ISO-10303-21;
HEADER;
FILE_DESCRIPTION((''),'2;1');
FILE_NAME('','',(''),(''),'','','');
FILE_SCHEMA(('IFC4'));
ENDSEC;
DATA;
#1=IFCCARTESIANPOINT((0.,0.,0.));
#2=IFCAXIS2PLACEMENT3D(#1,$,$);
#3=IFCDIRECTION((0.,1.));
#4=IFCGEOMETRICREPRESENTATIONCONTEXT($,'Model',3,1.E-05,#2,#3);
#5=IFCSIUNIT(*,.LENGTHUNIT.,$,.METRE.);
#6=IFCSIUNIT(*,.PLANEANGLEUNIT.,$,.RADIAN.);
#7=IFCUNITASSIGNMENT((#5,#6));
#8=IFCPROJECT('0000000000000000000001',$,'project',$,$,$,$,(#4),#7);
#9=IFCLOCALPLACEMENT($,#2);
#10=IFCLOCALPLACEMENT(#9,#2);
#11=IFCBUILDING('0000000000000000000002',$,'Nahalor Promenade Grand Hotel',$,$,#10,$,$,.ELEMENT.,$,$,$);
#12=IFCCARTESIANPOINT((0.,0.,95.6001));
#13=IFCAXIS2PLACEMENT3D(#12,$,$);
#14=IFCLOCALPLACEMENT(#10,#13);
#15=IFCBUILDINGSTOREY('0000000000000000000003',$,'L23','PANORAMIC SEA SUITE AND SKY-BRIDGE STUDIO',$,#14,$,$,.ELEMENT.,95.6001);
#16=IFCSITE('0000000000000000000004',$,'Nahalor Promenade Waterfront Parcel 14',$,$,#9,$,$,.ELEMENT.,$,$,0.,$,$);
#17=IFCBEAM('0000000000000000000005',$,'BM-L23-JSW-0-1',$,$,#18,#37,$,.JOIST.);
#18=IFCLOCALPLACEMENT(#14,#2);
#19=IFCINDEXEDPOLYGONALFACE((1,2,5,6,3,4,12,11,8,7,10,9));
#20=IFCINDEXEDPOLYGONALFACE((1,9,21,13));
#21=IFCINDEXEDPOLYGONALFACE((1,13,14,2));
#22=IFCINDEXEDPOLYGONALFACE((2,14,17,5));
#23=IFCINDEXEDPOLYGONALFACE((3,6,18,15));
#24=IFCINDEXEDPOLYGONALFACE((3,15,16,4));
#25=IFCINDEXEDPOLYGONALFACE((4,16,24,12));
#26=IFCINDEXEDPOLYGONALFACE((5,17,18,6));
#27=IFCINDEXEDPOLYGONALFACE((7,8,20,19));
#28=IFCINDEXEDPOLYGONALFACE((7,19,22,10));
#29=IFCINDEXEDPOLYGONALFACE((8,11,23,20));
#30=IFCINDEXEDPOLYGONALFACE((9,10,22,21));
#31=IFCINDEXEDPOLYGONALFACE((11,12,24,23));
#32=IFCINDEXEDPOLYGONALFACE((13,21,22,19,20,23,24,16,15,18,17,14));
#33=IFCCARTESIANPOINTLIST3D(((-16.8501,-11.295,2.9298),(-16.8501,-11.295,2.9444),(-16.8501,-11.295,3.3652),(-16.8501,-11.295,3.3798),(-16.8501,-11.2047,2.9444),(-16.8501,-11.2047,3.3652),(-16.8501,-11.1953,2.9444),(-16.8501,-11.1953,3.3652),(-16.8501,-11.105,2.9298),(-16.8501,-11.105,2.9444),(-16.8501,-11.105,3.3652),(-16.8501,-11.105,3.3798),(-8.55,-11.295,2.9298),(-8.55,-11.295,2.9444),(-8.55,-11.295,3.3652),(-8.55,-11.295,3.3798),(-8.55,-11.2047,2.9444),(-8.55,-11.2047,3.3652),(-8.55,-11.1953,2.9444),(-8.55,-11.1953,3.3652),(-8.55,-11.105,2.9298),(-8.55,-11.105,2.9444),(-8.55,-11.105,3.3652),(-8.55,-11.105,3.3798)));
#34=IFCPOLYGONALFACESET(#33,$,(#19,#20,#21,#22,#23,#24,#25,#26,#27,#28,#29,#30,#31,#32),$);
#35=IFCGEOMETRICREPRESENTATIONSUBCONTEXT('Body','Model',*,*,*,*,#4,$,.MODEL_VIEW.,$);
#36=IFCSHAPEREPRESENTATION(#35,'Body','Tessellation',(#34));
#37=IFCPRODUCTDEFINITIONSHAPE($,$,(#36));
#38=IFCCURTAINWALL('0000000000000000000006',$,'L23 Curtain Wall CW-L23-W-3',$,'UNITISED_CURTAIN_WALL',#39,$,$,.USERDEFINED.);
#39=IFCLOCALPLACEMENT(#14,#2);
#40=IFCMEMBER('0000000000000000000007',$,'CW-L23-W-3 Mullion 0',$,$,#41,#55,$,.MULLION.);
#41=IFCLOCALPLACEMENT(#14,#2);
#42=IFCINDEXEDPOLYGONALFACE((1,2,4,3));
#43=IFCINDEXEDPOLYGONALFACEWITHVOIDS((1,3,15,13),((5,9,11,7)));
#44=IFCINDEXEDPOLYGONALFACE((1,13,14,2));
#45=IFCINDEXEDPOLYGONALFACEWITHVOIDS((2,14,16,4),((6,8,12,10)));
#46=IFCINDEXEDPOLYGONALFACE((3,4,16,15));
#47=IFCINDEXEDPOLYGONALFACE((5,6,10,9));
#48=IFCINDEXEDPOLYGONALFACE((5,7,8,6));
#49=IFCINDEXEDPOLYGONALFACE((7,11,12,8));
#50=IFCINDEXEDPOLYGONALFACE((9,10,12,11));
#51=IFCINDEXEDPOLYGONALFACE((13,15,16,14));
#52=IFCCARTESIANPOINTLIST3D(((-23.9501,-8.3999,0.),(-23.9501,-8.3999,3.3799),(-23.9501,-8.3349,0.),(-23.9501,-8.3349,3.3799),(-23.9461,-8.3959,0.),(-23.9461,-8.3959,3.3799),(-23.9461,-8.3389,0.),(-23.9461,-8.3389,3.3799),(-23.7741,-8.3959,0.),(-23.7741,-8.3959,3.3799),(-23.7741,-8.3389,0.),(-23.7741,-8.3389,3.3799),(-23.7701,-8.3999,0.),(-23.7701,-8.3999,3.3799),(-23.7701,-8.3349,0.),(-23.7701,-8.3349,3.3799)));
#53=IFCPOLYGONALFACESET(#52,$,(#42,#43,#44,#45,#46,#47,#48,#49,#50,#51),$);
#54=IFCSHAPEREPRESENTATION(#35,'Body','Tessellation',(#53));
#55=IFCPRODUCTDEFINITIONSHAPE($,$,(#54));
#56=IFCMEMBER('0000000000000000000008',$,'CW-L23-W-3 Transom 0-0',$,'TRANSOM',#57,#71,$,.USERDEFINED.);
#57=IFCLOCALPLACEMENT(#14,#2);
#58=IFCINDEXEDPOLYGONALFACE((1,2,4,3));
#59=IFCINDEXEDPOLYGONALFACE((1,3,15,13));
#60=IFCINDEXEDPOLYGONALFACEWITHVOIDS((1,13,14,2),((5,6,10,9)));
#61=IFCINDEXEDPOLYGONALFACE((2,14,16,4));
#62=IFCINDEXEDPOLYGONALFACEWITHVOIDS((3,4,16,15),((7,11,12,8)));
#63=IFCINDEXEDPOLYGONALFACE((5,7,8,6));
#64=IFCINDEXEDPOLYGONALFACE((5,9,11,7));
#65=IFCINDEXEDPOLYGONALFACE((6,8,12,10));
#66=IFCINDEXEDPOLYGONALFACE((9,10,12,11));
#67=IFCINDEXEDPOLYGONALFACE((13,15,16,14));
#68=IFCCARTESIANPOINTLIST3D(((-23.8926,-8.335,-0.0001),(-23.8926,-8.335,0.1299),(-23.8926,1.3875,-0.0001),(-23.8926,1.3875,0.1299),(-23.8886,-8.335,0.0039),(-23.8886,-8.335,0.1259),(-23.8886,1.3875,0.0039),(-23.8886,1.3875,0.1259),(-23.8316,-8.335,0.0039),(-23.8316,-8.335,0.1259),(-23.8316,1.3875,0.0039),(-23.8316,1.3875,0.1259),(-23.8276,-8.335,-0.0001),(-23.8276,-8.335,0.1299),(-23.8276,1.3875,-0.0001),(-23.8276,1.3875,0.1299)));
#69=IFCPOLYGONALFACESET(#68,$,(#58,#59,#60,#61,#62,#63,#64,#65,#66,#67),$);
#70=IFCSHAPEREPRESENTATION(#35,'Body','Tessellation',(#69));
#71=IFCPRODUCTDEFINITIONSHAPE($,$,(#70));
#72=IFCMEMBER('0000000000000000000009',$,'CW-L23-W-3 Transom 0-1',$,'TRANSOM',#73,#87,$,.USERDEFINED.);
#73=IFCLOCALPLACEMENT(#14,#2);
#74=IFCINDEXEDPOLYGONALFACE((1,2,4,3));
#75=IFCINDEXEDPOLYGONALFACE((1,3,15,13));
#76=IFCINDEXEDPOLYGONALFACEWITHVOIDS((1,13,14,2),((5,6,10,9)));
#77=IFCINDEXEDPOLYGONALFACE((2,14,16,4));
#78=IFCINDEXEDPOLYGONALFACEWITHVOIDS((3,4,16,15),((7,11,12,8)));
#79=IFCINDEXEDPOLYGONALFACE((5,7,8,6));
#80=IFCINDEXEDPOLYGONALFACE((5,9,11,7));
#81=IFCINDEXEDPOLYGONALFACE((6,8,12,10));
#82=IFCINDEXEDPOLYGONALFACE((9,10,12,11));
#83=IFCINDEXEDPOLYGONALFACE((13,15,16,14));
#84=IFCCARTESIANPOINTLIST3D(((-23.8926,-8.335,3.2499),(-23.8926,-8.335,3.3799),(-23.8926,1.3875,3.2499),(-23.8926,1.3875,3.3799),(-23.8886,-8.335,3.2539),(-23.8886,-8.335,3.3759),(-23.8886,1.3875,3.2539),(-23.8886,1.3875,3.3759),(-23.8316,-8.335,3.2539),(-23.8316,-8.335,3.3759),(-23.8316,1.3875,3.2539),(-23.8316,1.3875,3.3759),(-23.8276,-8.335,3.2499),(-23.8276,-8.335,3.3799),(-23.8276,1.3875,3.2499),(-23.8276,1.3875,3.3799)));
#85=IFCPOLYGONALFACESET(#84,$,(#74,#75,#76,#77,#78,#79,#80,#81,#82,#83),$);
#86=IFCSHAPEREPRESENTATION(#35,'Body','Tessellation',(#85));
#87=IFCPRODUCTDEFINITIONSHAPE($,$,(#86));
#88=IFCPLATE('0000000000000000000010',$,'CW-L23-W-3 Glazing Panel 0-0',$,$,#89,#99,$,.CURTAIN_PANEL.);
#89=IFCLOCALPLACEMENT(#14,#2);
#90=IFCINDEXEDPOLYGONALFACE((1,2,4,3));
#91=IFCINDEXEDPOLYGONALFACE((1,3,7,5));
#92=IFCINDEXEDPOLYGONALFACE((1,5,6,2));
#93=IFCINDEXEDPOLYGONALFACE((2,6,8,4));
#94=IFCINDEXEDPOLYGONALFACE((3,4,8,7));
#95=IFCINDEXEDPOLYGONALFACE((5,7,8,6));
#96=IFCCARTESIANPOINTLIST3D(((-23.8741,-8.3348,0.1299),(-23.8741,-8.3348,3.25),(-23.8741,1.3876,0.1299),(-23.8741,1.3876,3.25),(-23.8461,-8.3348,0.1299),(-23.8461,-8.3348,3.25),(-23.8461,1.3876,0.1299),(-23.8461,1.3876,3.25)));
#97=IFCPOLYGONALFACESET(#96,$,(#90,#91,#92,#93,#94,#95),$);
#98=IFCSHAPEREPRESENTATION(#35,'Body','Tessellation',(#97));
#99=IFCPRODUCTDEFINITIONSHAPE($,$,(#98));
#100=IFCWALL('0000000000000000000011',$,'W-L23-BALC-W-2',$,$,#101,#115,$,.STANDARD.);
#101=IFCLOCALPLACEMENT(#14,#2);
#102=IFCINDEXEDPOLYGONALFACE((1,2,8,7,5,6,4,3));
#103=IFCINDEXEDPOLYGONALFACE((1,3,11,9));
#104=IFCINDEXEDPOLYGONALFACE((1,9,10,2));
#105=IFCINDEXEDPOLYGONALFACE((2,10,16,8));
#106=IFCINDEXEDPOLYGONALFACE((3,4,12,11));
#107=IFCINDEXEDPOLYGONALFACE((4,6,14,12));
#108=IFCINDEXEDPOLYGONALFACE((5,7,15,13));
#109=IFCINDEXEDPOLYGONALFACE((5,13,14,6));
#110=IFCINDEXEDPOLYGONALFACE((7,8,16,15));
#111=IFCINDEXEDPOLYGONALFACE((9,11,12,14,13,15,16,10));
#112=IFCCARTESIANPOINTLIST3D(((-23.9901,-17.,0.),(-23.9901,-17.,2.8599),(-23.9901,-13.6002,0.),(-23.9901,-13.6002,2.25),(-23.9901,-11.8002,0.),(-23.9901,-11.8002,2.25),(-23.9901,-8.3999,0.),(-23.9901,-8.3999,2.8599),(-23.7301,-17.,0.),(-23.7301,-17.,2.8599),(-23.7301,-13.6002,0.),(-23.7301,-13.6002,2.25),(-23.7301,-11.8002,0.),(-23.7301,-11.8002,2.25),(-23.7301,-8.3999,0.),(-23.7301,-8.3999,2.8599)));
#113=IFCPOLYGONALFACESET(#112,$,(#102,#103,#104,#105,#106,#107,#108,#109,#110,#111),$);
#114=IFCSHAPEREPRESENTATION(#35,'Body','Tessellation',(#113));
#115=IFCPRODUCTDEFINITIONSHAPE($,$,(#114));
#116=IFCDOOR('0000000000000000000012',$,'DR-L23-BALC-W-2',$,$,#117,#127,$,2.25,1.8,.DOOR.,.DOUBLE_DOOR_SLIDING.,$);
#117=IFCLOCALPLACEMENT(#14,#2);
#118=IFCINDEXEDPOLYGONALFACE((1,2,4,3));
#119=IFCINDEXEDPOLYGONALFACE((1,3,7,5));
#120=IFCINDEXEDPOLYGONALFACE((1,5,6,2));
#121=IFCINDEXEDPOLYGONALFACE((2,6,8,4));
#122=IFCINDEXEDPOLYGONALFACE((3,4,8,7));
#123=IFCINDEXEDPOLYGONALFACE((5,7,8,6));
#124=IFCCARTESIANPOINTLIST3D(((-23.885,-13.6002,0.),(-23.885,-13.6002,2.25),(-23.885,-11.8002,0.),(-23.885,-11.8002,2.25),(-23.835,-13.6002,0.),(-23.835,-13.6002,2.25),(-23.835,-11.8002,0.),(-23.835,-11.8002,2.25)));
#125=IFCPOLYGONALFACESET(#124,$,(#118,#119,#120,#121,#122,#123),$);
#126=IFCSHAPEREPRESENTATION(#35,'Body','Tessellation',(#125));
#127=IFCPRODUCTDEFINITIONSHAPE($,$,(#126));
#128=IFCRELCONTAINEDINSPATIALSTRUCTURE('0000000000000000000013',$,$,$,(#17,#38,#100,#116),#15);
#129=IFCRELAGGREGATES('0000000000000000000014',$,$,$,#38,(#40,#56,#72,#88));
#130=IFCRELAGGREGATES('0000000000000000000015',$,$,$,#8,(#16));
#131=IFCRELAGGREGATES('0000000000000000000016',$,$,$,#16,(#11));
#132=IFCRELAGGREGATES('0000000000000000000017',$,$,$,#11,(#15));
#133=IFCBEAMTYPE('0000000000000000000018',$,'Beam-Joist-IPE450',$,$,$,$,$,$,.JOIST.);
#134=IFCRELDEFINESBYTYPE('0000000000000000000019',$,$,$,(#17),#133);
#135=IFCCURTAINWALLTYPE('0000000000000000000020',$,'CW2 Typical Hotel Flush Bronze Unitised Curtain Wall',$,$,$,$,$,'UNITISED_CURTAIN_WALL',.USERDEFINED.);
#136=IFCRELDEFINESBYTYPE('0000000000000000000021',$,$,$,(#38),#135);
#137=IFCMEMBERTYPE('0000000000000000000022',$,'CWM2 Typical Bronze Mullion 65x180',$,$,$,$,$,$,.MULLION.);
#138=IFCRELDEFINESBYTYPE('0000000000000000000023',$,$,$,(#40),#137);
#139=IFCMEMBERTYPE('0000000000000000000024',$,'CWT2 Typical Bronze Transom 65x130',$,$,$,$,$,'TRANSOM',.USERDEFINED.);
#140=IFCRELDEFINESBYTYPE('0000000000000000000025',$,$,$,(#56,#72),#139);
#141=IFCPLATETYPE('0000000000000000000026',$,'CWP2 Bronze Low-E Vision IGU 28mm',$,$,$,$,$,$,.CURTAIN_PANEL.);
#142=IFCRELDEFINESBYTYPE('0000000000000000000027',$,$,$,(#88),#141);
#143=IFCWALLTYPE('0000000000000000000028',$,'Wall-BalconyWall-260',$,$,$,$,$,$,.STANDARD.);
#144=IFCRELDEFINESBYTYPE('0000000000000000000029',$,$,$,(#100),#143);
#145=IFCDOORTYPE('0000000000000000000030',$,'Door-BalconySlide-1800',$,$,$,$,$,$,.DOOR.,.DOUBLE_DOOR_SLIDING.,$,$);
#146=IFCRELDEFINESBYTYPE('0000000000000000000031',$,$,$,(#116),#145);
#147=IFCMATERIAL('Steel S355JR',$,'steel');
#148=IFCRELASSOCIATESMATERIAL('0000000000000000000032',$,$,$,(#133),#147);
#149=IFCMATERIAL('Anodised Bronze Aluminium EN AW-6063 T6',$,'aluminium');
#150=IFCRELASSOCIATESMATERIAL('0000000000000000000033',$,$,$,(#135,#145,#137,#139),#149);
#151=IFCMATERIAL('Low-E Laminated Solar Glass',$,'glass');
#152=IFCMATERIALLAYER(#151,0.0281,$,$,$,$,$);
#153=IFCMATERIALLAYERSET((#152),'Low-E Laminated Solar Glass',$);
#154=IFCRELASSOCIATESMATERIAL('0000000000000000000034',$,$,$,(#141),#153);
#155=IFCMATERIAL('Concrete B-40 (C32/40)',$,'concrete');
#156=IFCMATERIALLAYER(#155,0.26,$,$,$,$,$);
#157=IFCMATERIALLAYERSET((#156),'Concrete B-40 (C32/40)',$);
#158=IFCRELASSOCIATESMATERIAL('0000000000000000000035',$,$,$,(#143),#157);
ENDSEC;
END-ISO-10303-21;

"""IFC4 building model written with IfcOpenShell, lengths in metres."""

from ifc_helpers import new_model, si_unit, direction, frame, frame_2d, origin, origin_2d, place, context, subcontext, project, spatial, rectangle, hollow_rectangle, i_section, extrude, source, transform, mapped, material, layer, layer_set, material_profile, profile_set, type_object, element, fill, aggregate, save


model = new_model("IFC4")

# Units and contexts
model_context = context("Model", 3, precision=1e-05, world=origin(), true_north=direction((0.0, 1.0)))
body_context = subcontext(model_context, "Body", "Model", "MODEL_VIEW")
ifc_project = project(units=[si_unit("LENGTHUNIT", "METRE"), si_unit("PLANEANGLEUNIT", "RADIAN")], contexts=[model_context])

# Site, building, storey
site_placement = place(None, origin())
site = spatial("IfcSite", under=ifc_project, at=site_placement, Name="Nahalor Promenade Waterfront Parcel 14", CompositionType="ELEMENT", RefElevation=0.0)
building_placement = place(site_placement, origin())
building = spatial("IfcBuilding", under=site, at=building_placement, Name="Nahalor Promenade Grand Hotel", CompositionType="ELEMENT")
storey_placement = place(building_placement, frame((0.0, 0.0, 95.6001)))
storey = spatial("IfcBuildingStorey", under=building, at=storey_placement, Name="L23", Description="PANORAMIC SEA SUITE AND SKY-BRIDGE STUDIO", CompositionType="ELEMENT", Elevation=95.6001)

# Beam
ifc_material_1 = material(Name="Steel S355JR", Category="steel")
ifc_material_profile_1 = material_profile(ifc_material_1, i_section(OverallWidth=0.19, OverallDepth=0.45, WebThickness=0.0094, FlangeThickness=0.0146, at=origin_2d()), Name="IPE 450")
ifc_profile_set_1 = profile_set([ifc_material_profile_1], Name="Steel S355JR")
beam_type_1 = type_object("IfcBeamType", Name="Beam-Joist-IPE450", PredefinedType="JOIST", material=ifc_profile_set_1)
shared_shape_1 = source(origin(), body_context, "Body", "SweptSolid", [
    extrude(i_section(OverallWidth=0.19, OverallDepth=0.45, WebThickness=0.0094, FlangeThickness=0.0146, at=origin_2d()), origin(), (0.0, 0.0, 1.0), 8.3),
])
beam_1_placement = place(storey_placement, frame((-16.8501, -11.2, 3.1548), z_axis=(1.0, 0.0, 0.0), x_axis=(0.0, 1.0, 0.0)))
element("IfcBeam", 1, at=beam_1_placement, inside=storey, type_object=beam_type_1, Name="BM-L23-JSW-0-1", PredefinedType="JOIST", context=body_context, shape_type="MappedRepresentation", body=[
    mapped(shared_shape_1, transform((0.0, 0.0, 0.0), scale=1.0)),
])

# Curtain wall, members, plate
ifc_material_2 = material(Name="Anodised Bronze Aluminium EN AW-6063 T6", Category="aluminium")
curtain_wall_type = type_object("IfcCurtainWallType", Name="CW2 Typical Hotel Flush Bronze Unitised Curtain Wall", ElementType="UNITISED_CURTAIN_WALL", PredefinedType="USERDEFINED", material=ifc_material_2)
curtain_wall_placement = place(storey_placement, origin())
curtain_wall = element("IfcCurtainWall", 2, at=curtain_wall_placement, inside=storey, type_object=curtain_wall_type, Name="L23 Curtain Wall CW-L23-W-3", ObjectType="UNITISED_CURTAIN_WALL", PredefinedType="USERDEFINED")
ifc_material_profile_2 = material_profile(ifc_material_2, hollow_rectangle(XDim=0.065, YDim=0.18, WallThickness=0.004, at=origin_2d()), Name="CWM 65x180x4")
ifc_profile_set_2 = profile_set([ifc_material_profile_2], Name="Anodised Bronze Aluminium EN AW-6063 T6")
member_type_1 = type_object("IfcMemberType", Name="CWM2 Typical Bronze Mullion 65x180", PredefinedType="MULLION", material=ifc_profile_set_2)
shared_shape_2 = source(origin(), body_context, "Body", "SweptSolid", [
    extrude(hollow_rectangle(XDim=0.065, YDim=0.18, WallThickness=0.004, at=origin_2d()), origin(), (0.0, 0.0, 1.0), 3.3799),
])
member_1_placement = place(storey_placement, frame((-23.8601, -8.3674, 0.0), z_axis=(0.0, 0.0, 1.0), x_axis=(0.0, 1.0, 0.0)))
member_1 = element("IfcMember", 3, at=member_1_placement, type_object=member_type_1, Name="CW-L23-W-3 Mullion 0", PredefinedType="MULLION", context=body_context, shape_type="MappedRepresentation", body=[
    mapped(shared_shape_2, transform((0.0, 0.0, 0.0), scale=1.0)),
])
ifc_material_profile_3 = material_profile(ifc_material_2, hollow_rectangle(XDim=0.065, YDim=0.13, WallThickness=0.004, at=origin_2d()), Name="CWT 65x130x4")
ifc_profile_set_3 = profile_set([ifc_material_profile_3], Name="Anodised Bronze Aluminium EN AW-6063 T6")
member_type_2 = type_object("IfcMemberType", Name="CWT2 Typical Bronze Transom 65x130", ElementType="TRANSOM", PredefinedType="USERDEFINED", material=ifc_profile_set_3)
shared_shape_3 = source(origin(), body_context, "Body", "SweptSolid", [
    extrude(hollow_rectangle(XDim=0.065, YDim=0.13, WallThickness=0.004, at=origin_2d()), origin(), (0.0, 0.0, 1.0), 9.7224),
])
member_2_placement = place(storey_placement, frame((-23.8601, -8.335, 0.0649), z_axis=(0.0, 1.0, 0.0), x_axis=(-1.0, 0.0, 0.0)))
member_2 = element("IfcMember", 4, at=member_2_placement, type_object=member_type_2, Name="CW-L23-W-3 Transom 0-0", ObjectType="TRANSOM", PredefinedType="USERDEFINED", context=body_context, shape_type="MappedRepresentation", body=[
    mapped(shared_shape_3, transform((0.0, 0.0, 0.0), scale=1.0)),
])
member_3_placement = place(storey_placement, frame((-23.8601, -8.335, 3.3149), z_axis=(0.0, 1.0, 0.0), x_axis=(-1.0, 0.0, 0.0)))
member_3 = element("IfcMember", 5, at=member_3_placement, type_object=member_type_2, Name="CW-L23-W-3 Transom 0-1", ObjectType="TRANSOM", PredefinedType="USERDEFINED", context=body_context, shape_type="MappedRepresentation", body=[
    mapped(shared_shape_3, transform((0.0, 0.0, 0.0), scale=1.0)),
])
ifc_material_3 = material(Name="Low-E Laminated Solar Glass", Category="glass")
ifc_layer_1 = layer(ifc_material_3, 0.0281)
ifc_layer_set_1 = layer_set([ifc_layer_1], Name="Low-E Laminated Solar Glass")
plate_type = type_object("IfcPlateType", Name="CWP2 Bronze Low-E Vision IGU 28mm", PredefinedType="CURTAIN_PANEL", material=ifc_layer_set_1)
shared_shape_4 = source(origin(), body_context, "Body", "SweptSolid", [
    extrude(rectangle(XDim=9.7224, YDim=0.0281, at=origin_2d()), origin(), (0.0, 0.0, 1.0), 3.1201),
])
plate_placement = place(storey_placement, frame((-23.8601, -3.4736, 0.1299), z_axis=(0.0, 0.0, 1.0), x_axis=(0.0, 1.0, 0.0)))
plate = element("IfcPlate", 6, at=plate_placement, type_object=plate_type, Name="CW-L23-W-3 Glazing Panel 0-0", PredefinedType="CURTAIN_PANEL", context=body_context, shape_type="MappedRepresentation", body=[
    mapped(shared_shape_4, transform((0.0, 0.0, 0.0), scale=1.0)),
])
aggregate(curtain_wall, [member_1, member_2, member_3, plate])

# Wall, opening, door
ifc_material_4 = material(Name="Concrete B-40 (C32/40)", Category="concrete")
ifc_layer_2 = layer(ifc_material_4, 0.26)
ifc_layer_set_2 = layer_set([ifc_layer_2], Name="Concrete B-40 (C32/40)")
wall_type_1 = type_object("IfcWallType", Name="Wall-BalconyWall-260", PredefinedType="STANDARD", material=ifc_layer_set_2)
shared_shape_5 = source(origin(), body_context, "Body", "SweptSolid", [
    extrude(rectangle(XDim=8.6001, YDim=0.26, at=frame_2d((4.3, 0.0))), origin(), (0.0, 0.0, 1.0), 2.8599),
])
wall_1_placement = place(storey_placement, frame((-23.8601, -17.0, 0.0), z_axis=(0.0, 0.0, 1.0), x_axis=(0.0, 1.0, 0.0)))
wall_1 = element("IfcWall", 7, at=wall_1_placement, inside=storey, type_object=wall_type_1, Name="W-L23-BALC-W-2", PredefinedType="STANDARD", context=body_context, shape_type="MappedRepresentation", body=[
    mapped(shared_shape_5, transform((0.0, 0.0, 0.0), scale=1.0)),
])
opening_1_placement = place(wall_1_placement, frame((3.3999, 0.0, 0.0)))
opening_1 = element("IfcOpeningElement", 8, at=opening_1_placement, cuts=wall_1, PredefinedType="OPENING", context=body_context, shape_type="SweptSolid", body=[
    extrude(rectangle(XDim=1.8, YDim=2.25, at=frame_2d((0.8999, 1.125))), frame((0.0, 0.1399, 0.0), z_axis=(0.0, -1.0, 0.0), x_axis=(1.0, 0.0, 0.0)), (0.0, 0.0, 1.0), 0.28),
])
door_type_1 = type_object("IfcDoorType", Name="Door-BalconySlide-1800", OperationType="DOUBLE_DOOR_SLIDING", PredefinedType="DOOR", material=ifc_material_2)
shared_shape_6 = source(origin(), body_context, "Body", "SweptSolid", [
    extrude(rectangle(XDim=1.8, YDim=2.25, at=frame_2d((0.8999, 1.125))), frame((0.0, 0.0249, 0.0), z_axis=(0.0, -1.0, 0.0), x_axis=(1.0, 0.0, 0.0)), (0.0, 0.0, 1.0), 0.05),
])
door_1_placement = place(opening_1_placement, origin())
door_1 = element("IfcDoor", 9, at=door_1_placement, inside=storey, type_object=door_type_1, Name="DR-L23-BALC-W-2", OperationType="DOUBLE_DOOR_SLIDING", OverallHeight=2.25, OverallWidth=1.8, PredefinedType="DOOR", context=body_context, shape_type="MappedRepresentation", body=[
    mapped(shared_shape_6, transform((0.0, 0.0, 0.0), scale=1.0)),
])
fill(opening_1, door_1)

save(model, "model.ifc")
